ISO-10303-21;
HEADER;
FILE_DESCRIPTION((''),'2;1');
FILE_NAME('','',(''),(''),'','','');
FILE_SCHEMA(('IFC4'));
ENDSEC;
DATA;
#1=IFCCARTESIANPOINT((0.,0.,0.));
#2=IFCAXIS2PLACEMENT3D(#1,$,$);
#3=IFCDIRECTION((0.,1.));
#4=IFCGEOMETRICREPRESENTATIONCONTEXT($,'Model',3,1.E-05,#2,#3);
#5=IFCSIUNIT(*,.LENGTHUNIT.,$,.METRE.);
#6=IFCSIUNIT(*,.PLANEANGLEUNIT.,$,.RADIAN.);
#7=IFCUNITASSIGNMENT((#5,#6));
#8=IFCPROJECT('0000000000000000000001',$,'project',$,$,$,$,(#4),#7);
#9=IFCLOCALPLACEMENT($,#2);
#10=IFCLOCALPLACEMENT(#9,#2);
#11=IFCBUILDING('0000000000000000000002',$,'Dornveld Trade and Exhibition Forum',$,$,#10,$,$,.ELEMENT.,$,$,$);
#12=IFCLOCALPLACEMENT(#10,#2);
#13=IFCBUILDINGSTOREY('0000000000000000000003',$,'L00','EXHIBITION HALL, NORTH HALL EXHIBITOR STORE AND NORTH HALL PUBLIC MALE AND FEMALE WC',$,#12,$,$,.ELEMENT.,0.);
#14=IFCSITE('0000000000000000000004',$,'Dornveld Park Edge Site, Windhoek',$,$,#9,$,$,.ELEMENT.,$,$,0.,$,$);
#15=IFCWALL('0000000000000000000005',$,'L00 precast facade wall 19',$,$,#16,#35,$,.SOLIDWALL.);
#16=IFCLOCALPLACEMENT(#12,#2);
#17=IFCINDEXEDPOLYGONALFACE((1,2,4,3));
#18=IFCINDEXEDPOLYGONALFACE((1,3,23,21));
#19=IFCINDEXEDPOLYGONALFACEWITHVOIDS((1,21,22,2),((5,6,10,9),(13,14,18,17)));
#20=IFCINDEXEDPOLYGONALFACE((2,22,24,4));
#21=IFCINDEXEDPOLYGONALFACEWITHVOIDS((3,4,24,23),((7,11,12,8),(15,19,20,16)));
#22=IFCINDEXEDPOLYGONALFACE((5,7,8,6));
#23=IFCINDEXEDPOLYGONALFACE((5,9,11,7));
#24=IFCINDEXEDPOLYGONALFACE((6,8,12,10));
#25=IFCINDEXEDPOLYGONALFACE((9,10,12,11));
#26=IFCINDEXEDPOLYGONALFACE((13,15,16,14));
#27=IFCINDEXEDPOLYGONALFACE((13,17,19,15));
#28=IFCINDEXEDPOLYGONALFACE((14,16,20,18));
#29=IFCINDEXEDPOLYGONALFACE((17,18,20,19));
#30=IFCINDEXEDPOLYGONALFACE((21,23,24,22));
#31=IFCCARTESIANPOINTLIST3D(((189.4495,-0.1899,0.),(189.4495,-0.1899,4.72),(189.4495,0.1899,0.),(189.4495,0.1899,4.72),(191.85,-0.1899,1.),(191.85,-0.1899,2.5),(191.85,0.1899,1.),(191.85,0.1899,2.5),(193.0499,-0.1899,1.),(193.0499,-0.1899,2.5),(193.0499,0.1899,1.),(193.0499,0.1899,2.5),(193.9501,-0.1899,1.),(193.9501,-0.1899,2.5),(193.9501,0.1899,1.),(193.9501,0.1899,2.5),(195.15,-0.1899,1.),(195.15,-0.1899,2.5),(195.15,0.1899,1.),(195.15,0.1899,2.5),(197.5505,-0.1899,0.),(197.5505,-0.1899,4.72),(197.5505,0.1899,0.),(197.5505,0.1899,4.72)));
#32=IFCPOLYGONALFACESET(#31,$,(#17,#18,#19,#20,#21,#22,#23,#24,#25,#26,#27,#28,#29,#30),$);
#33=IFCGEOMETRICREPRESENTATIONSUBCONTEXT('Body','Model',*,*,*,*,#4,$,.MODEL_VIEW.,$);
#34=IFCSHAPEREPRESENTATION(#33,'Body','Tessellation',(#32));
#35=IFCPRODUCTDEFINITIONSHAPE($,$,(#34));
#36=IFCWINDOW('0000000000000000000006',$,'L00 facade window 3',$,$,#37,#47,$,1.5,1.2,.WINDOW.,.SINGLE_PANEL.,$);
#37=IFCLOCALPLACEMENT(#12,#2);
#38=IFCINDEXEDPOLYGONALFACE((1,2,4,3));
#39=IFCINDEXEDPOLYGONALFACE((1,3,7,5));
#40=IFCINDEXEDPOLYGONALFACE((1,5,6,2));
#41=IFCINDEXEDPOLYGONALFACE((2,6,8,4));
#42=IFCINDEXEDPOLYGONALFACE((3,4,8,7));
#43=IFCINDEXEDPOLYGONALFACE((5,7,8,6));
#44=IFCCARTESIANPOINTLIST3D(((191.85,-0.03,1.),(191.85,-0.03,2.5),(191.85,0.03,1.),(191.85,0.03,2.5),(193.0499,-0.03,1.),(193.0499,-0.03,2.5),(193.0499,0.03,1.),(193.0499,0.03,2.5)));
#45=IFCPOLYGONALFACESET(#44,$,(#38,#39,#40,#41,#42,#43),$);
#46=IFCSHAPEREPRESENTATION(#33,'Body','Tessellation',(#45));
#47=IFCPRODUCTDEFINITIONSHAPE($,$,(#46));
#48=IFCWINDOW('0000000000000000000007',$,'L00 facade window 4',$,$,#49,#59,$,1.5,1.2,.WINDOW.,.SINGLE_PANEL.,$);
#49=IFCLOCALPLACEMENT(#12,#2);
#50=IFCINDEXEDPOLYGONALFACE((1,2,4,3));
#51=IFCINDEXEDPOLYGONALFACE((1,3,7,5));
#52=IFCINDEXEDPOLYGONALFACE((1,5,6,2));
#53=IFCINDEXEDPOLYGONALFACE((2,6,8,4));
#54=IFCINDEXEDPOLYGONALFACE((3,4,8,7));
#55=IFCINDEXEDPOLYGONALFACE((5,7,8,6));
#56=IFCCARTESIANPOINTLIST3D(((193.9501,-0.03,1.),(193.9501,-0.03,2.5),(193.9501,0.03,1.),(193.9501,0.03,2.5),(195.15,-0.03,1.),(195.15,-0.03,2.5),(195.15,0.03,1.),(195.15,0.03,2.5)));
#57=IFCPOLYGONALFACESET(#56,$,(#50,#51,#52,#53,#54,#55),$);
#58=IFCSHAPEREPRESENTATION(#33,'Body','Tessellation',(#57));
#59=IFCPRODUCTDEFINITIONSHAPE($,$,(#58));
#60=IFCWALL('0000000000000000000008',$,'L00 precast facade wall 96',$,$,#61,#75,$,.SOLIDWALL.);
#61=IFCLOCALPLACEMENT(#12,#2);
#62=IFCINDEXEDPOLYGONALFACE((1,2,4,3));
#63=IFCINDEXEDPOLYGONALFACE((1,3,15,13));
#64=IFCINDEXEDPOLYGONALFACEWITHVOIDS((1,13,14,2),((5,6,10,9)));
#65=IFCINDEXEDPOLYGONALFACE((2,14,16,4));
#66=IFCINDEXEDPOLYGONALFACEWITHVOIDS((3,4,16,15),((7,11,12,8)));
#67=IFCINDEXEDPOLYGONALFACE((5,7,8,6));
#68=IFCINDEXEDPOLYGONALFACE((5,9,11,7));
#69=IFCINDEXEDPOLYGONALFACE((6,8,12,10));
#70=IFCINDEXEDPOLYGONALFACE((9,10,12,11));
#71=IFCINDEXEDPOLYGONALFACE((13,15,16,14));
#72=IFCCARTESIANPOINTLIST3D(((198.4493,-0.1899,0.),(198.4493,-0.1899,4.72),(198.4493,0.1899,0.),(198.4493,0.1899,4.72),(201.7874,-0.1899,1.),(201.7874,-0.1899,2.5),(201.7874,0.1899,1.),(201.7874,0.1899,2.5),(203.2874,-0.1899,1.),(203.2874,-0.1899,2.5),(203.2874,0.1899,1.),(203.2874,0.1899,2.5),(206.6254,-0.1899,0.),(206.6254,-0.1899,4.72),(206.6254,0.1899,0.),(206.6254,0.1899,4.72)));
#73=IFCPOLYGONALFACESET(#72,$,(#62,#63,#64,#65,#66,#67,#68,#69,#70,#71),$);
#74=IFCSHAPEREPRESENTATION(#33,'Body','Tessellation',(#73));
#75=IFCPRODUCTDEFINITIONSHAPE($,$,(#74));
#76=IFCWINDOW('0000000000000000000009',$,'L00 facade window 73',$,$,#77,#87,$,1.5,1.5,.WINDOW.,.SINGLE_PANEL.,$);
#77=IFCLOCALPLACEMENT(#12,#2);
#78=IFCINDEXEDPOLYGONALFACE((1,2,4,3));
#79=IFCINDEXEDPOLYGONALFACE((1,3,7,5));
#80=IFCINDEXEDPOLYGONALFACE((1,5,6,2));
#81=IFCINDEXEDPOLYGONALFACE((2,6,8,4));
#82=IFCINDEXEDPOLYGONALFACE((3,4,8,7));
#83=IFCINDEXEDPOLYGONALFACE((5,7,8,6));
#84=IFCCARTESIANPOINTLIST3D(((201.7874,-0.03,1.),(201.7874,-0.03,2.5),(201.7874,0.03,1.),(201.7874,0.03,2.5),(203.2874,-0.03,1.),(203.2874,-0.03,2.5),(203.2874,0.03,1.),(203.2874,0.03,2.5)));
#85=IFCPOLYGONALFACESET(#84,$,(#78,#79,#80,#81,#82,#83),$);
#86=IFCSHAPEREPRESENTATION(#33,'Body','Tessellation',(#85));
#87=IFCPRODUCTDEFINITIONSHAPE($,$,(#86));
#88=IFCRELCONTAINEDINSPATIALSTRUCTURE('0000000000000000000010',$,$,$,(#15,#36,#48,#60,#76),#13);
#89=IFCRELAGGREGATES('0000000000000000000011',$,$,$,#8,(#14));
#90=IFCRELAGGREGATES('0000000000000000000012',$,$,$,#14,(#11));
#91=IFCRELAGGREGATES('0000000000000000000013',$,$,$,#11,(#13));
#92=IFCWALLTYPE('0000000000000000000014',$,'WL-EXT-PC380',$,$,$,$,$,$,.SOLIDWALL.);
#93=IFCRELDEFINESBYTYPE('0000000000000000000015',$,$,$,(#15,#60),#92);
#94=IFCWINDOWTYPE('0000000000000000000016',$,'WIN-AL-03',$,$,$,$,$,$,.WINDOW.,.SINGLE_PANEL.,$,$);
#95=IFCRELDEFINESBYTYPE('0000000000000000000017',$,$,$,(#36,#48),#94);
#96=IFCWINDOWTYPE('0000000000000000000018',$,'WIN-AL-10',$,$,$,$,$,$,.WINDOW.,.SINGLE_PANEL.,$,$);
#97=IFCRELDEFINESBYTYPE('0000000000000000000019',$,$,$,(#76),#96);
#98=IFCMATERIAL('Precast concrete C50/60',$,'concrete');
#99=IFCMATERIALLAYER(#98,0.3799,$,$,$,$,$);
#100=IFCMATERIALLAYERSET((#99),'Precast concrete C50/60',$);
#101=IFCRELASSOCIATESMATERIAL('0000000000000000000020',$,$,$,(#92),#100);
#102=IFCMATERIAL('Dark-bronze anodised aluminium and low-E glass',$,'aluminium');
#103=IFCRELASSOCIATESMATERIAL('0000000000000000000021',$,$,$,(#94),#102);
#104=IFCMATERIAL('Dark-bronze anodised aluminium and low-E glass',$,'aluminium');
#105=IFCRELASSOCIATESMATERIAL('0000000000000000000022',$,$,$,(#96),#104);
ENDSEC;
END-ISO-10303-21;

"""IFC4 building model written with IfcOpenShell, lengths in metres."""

from ifc_helpers import new_model, si_unit, direction, frame, frame_2d, origin, place, context, subcontext, project, spatial, rectangle, extrude, material, layer, layer_set, type_object, element, fill, save


model = new_model("IFC4")

# Units and contexts
model_context = context("Model", 3, precision=1e-05, world=origin(), true_north=direction((0.0, 1.0)))
body_context = subcontext(model_context, "Body", "Model", "MODEL_VIEW")
ifc_project = project(units=[si_unit("LENGTHUNIT", "METRE"), si_unit("PLANEANGLEUNIT", "RADIAN")], contexts=[model_context])

# Site, building, storey
site_placement = place(None, origin())
site = spatial("IfcSite", under=ifc_project, at=site_placement, Name="Dornveld Park Edge Site, Windhoek", CompositionType="ELEMENT", RefElevation=0.0)
building_placement = place(site_placement, origin())
building = spatial("IfcBuilding", under=site, at=building_placement, Name="Dornveld Trade and Exhibition Forum", CompositionType="ELEMENT")
storey_placement = place(building_placement, origin())
storey = spatial("IfcBuildingStorey", under=building, at=storey_placement, Name="L00", Description="EXHIBITION HALL, NORTH HALL EXHIBITOR STORE AND NORTH HALL PUBLIC MALE AND FEMALE WC", CompositionType="ELEMENT", Elevation=0.0)

# Shared definitions
ifc_material_1 = material(Name="Precast concrete C50/60", Category="concrete")
ifc_layer = layer(ifc_material_1, 0.3799)
ifc_layer_set = layer_set([ifc_layer], Name="Precast concrete C50/60")
wall_type = type_object("IfcWallType", Name="WL-EXT-PC380", PredefinedType="SOLIDWALL", material=ifc_layer_set)

# Wall, openings, windows
wall_1_placement = place(storey_placement, frame((189.4495, 0.0, 0.0), z_axis=(0.0, 0.0, 1.0), x_axis=(1.0, 0.0, 0.0)))
wall_1 = element("IfcWall", 1, at=wall_1_placement, inside=storey, type_object=wall_type, Name="L00 precast facade wall 19", PredefinedType="SOLIDWALL", context=body_context, shape_type="SweptSolid", body=[
    extrude(rectangle(XDim=8.1011, YDim=0.3799, at=frame_2d((4.0505, 0.0))), origin(), (0.0, 0.0, 1.0), 4.72),
])
opening_1_placement = place(wall_1_placement, frame((2.4004, 0.0, 1.0)))
opening_1 = element("IfcOpeningElement", 2, at=opening_1_placement, cuts=wall_1, PredefinedType="OPENING", context=body_context, shape_type="SweptSolid", body=[
    extrude(rectangle(XDim=1.2, YDim=1.5, at=frame_2d((0.6001, 0.75))), frame((0.0, 0.2, 0.0), z_axis=(0.0, -1.0, 0.0), x_axis=(1.0, 0.0, 0.0)), (0.0, 0.0, 1.0), 0.3999),
])
opening_2_placement = place(wall_1_placement, frame((4.5005, 0.0, 1.0)))
opening_2 = element("IfcOpeningElement", 3, at=opening_2_placement, cuts=wall_1, PredefinedType="OPENING", context=body_context, shape_type="SweptSolid", body=[
    extrude(rectangle(XDim=1.2, YDim=1.5, at=frame_2d((0.6001, 0.75))), frame((0.0, 0.2, 0.0), z_axis=(0.0, -1.0, 0.0), x_axis=(1.0, 0.0, 0.0)), (0.0, 0.0, 1.0), 0.3999),
])
ifc_material_2 = material(Name="Dark-bronze anodised aluminium and low-E glass", Category="aluminium")
window_type_1 = type_object("IfcWindowType", Name="WIN-AL-03", PartitioningType="SINGLE_PANEL", PredefinedType="WINDOW", material=ifc_material_2)
window_1_placement = place(opening_1_placement, origin())
window_1 = element("IfcWindow", 4, at=window_1_placement, inside=storey, type_object=window_type_1, Name="L00 facade window 3", OverallHeight=1.5, OverallWidth=1.2, PartitioningType="SINGLE_PANEL", PredefinedType="WINDOW", context=body_context, shape_type="SweptSolid", body=[
    extrude(rectangle(XDim=1.2, YDim=1.5, at=frame_2d((0.6001, 0.75))), frame((0.0, 0.03, 0.0), z_axis=(0.0, -1.0, 0.0), x_axis=(1.0, 0.0, 0.0)), (0.0, 0.0, 1.0), 0.0601),
])
fill(opening_1, window_1)
window_2_placement = place(opening_2_placement, origin())
window_2 = element("IfcWindow", 5, at=window_2_placement, inside=storey, type_object=window_type_1, Name="L00 facade window 4", OverallHeight=1.5, OverallWidth=1.2, PartitioningType="SINGLE_PANEL", PredefinedType="WINDOW", context=body_context, shape_type="SweptSolid", body=[
    extrude(rectangle(XDim=1.2, YDim=1.5, at=frame_2d((0.6001, 0.75))), frame((0.0, 0.03, 0.0), z_axis=(0.0, -1.0, 0.0), x_axis=(1.0, 0.0, 0.0)), (0.0, 0.0, 1.0), 0.0601),
])
fill(opening_2, window_2)

# Wall, opening, window
wall_2_placement = place(storey_placement, frame((198.4495, 0.0, 0.0), z_axis=(0.0, 0.0, 1.0), x_axis=(1.0, 0.0, 0.0)))
wall_2 = element("IfcWall", 6, at=wall_2_placement, inside=storey, type_object=wall_type, Name="L00 precast facade wall 96", PredefinedType="SOLIDWALL", context=body_context, shape_type="SweptSolid", body=[
    extrude(rectangle(XDim=8.176, YDim=0.3799, at=frame_2d((4.0879, 0.0))), origin(), (0.0, 0.0, 1.0), 4.72),
])
opening_3_placement = place(wall_2_placement, frame((3.3379, 0.0, 1.0)))
opening_3 = element("IfcOpeningElement", 7, at=opening_3_placement, cuts=wall_2, PredefinedType="OPENING", context=body_context, shape_type="SweptSolid", body=[
    extrude(rectangle(XDim=1.5, YDim=1.5, at=frame_2d((0.75, 0.75))), frame((0.0, 0.2, 0.0), z_axis=(0.0, -1.0, 0.0), x_axis=(1.0, 0.0, 0.0)), (0.0, 0.0, 1.0), 0.3999),
])
ifc_material_3 = material(Name="Dark-bronze anodised aluminium and low-E glass", Category="aluminium")
window_type_2 = type_object("IfcWindowType", Name="WIN-AL-10", PartitioningType="SINGLE_PANEL", PredefinedType="WINDOW", material=ifc_material_3)
window_3_placement = place(opening_3_placement, origin())
window_3 = element("IfcWindow", 8, at=window_3_placement, inside=storey, type_object=window_type_2, Name="L00 facade window 73", OverallHeight=1.5, OverallWidth=1.5, PartitioningType="SINGLE_PANEL", PredefinedType="WINDOW", context=body_context, shape_type="SweptSolid", body=[
    extrude(rectangle(XDim=1.5, YDim=1.5, at=frame_2d((0.75, 0.75))), frame((0.0, 0.03, 0.0), z_axis=(0.0, -1.0, 0.0), x_axis=(1.0, 0.0, 0.0)), (0.0, 0.0, 1.0), 0.0601),
])
fill(opening_3, window_3)

save(model, "model.ifc")
